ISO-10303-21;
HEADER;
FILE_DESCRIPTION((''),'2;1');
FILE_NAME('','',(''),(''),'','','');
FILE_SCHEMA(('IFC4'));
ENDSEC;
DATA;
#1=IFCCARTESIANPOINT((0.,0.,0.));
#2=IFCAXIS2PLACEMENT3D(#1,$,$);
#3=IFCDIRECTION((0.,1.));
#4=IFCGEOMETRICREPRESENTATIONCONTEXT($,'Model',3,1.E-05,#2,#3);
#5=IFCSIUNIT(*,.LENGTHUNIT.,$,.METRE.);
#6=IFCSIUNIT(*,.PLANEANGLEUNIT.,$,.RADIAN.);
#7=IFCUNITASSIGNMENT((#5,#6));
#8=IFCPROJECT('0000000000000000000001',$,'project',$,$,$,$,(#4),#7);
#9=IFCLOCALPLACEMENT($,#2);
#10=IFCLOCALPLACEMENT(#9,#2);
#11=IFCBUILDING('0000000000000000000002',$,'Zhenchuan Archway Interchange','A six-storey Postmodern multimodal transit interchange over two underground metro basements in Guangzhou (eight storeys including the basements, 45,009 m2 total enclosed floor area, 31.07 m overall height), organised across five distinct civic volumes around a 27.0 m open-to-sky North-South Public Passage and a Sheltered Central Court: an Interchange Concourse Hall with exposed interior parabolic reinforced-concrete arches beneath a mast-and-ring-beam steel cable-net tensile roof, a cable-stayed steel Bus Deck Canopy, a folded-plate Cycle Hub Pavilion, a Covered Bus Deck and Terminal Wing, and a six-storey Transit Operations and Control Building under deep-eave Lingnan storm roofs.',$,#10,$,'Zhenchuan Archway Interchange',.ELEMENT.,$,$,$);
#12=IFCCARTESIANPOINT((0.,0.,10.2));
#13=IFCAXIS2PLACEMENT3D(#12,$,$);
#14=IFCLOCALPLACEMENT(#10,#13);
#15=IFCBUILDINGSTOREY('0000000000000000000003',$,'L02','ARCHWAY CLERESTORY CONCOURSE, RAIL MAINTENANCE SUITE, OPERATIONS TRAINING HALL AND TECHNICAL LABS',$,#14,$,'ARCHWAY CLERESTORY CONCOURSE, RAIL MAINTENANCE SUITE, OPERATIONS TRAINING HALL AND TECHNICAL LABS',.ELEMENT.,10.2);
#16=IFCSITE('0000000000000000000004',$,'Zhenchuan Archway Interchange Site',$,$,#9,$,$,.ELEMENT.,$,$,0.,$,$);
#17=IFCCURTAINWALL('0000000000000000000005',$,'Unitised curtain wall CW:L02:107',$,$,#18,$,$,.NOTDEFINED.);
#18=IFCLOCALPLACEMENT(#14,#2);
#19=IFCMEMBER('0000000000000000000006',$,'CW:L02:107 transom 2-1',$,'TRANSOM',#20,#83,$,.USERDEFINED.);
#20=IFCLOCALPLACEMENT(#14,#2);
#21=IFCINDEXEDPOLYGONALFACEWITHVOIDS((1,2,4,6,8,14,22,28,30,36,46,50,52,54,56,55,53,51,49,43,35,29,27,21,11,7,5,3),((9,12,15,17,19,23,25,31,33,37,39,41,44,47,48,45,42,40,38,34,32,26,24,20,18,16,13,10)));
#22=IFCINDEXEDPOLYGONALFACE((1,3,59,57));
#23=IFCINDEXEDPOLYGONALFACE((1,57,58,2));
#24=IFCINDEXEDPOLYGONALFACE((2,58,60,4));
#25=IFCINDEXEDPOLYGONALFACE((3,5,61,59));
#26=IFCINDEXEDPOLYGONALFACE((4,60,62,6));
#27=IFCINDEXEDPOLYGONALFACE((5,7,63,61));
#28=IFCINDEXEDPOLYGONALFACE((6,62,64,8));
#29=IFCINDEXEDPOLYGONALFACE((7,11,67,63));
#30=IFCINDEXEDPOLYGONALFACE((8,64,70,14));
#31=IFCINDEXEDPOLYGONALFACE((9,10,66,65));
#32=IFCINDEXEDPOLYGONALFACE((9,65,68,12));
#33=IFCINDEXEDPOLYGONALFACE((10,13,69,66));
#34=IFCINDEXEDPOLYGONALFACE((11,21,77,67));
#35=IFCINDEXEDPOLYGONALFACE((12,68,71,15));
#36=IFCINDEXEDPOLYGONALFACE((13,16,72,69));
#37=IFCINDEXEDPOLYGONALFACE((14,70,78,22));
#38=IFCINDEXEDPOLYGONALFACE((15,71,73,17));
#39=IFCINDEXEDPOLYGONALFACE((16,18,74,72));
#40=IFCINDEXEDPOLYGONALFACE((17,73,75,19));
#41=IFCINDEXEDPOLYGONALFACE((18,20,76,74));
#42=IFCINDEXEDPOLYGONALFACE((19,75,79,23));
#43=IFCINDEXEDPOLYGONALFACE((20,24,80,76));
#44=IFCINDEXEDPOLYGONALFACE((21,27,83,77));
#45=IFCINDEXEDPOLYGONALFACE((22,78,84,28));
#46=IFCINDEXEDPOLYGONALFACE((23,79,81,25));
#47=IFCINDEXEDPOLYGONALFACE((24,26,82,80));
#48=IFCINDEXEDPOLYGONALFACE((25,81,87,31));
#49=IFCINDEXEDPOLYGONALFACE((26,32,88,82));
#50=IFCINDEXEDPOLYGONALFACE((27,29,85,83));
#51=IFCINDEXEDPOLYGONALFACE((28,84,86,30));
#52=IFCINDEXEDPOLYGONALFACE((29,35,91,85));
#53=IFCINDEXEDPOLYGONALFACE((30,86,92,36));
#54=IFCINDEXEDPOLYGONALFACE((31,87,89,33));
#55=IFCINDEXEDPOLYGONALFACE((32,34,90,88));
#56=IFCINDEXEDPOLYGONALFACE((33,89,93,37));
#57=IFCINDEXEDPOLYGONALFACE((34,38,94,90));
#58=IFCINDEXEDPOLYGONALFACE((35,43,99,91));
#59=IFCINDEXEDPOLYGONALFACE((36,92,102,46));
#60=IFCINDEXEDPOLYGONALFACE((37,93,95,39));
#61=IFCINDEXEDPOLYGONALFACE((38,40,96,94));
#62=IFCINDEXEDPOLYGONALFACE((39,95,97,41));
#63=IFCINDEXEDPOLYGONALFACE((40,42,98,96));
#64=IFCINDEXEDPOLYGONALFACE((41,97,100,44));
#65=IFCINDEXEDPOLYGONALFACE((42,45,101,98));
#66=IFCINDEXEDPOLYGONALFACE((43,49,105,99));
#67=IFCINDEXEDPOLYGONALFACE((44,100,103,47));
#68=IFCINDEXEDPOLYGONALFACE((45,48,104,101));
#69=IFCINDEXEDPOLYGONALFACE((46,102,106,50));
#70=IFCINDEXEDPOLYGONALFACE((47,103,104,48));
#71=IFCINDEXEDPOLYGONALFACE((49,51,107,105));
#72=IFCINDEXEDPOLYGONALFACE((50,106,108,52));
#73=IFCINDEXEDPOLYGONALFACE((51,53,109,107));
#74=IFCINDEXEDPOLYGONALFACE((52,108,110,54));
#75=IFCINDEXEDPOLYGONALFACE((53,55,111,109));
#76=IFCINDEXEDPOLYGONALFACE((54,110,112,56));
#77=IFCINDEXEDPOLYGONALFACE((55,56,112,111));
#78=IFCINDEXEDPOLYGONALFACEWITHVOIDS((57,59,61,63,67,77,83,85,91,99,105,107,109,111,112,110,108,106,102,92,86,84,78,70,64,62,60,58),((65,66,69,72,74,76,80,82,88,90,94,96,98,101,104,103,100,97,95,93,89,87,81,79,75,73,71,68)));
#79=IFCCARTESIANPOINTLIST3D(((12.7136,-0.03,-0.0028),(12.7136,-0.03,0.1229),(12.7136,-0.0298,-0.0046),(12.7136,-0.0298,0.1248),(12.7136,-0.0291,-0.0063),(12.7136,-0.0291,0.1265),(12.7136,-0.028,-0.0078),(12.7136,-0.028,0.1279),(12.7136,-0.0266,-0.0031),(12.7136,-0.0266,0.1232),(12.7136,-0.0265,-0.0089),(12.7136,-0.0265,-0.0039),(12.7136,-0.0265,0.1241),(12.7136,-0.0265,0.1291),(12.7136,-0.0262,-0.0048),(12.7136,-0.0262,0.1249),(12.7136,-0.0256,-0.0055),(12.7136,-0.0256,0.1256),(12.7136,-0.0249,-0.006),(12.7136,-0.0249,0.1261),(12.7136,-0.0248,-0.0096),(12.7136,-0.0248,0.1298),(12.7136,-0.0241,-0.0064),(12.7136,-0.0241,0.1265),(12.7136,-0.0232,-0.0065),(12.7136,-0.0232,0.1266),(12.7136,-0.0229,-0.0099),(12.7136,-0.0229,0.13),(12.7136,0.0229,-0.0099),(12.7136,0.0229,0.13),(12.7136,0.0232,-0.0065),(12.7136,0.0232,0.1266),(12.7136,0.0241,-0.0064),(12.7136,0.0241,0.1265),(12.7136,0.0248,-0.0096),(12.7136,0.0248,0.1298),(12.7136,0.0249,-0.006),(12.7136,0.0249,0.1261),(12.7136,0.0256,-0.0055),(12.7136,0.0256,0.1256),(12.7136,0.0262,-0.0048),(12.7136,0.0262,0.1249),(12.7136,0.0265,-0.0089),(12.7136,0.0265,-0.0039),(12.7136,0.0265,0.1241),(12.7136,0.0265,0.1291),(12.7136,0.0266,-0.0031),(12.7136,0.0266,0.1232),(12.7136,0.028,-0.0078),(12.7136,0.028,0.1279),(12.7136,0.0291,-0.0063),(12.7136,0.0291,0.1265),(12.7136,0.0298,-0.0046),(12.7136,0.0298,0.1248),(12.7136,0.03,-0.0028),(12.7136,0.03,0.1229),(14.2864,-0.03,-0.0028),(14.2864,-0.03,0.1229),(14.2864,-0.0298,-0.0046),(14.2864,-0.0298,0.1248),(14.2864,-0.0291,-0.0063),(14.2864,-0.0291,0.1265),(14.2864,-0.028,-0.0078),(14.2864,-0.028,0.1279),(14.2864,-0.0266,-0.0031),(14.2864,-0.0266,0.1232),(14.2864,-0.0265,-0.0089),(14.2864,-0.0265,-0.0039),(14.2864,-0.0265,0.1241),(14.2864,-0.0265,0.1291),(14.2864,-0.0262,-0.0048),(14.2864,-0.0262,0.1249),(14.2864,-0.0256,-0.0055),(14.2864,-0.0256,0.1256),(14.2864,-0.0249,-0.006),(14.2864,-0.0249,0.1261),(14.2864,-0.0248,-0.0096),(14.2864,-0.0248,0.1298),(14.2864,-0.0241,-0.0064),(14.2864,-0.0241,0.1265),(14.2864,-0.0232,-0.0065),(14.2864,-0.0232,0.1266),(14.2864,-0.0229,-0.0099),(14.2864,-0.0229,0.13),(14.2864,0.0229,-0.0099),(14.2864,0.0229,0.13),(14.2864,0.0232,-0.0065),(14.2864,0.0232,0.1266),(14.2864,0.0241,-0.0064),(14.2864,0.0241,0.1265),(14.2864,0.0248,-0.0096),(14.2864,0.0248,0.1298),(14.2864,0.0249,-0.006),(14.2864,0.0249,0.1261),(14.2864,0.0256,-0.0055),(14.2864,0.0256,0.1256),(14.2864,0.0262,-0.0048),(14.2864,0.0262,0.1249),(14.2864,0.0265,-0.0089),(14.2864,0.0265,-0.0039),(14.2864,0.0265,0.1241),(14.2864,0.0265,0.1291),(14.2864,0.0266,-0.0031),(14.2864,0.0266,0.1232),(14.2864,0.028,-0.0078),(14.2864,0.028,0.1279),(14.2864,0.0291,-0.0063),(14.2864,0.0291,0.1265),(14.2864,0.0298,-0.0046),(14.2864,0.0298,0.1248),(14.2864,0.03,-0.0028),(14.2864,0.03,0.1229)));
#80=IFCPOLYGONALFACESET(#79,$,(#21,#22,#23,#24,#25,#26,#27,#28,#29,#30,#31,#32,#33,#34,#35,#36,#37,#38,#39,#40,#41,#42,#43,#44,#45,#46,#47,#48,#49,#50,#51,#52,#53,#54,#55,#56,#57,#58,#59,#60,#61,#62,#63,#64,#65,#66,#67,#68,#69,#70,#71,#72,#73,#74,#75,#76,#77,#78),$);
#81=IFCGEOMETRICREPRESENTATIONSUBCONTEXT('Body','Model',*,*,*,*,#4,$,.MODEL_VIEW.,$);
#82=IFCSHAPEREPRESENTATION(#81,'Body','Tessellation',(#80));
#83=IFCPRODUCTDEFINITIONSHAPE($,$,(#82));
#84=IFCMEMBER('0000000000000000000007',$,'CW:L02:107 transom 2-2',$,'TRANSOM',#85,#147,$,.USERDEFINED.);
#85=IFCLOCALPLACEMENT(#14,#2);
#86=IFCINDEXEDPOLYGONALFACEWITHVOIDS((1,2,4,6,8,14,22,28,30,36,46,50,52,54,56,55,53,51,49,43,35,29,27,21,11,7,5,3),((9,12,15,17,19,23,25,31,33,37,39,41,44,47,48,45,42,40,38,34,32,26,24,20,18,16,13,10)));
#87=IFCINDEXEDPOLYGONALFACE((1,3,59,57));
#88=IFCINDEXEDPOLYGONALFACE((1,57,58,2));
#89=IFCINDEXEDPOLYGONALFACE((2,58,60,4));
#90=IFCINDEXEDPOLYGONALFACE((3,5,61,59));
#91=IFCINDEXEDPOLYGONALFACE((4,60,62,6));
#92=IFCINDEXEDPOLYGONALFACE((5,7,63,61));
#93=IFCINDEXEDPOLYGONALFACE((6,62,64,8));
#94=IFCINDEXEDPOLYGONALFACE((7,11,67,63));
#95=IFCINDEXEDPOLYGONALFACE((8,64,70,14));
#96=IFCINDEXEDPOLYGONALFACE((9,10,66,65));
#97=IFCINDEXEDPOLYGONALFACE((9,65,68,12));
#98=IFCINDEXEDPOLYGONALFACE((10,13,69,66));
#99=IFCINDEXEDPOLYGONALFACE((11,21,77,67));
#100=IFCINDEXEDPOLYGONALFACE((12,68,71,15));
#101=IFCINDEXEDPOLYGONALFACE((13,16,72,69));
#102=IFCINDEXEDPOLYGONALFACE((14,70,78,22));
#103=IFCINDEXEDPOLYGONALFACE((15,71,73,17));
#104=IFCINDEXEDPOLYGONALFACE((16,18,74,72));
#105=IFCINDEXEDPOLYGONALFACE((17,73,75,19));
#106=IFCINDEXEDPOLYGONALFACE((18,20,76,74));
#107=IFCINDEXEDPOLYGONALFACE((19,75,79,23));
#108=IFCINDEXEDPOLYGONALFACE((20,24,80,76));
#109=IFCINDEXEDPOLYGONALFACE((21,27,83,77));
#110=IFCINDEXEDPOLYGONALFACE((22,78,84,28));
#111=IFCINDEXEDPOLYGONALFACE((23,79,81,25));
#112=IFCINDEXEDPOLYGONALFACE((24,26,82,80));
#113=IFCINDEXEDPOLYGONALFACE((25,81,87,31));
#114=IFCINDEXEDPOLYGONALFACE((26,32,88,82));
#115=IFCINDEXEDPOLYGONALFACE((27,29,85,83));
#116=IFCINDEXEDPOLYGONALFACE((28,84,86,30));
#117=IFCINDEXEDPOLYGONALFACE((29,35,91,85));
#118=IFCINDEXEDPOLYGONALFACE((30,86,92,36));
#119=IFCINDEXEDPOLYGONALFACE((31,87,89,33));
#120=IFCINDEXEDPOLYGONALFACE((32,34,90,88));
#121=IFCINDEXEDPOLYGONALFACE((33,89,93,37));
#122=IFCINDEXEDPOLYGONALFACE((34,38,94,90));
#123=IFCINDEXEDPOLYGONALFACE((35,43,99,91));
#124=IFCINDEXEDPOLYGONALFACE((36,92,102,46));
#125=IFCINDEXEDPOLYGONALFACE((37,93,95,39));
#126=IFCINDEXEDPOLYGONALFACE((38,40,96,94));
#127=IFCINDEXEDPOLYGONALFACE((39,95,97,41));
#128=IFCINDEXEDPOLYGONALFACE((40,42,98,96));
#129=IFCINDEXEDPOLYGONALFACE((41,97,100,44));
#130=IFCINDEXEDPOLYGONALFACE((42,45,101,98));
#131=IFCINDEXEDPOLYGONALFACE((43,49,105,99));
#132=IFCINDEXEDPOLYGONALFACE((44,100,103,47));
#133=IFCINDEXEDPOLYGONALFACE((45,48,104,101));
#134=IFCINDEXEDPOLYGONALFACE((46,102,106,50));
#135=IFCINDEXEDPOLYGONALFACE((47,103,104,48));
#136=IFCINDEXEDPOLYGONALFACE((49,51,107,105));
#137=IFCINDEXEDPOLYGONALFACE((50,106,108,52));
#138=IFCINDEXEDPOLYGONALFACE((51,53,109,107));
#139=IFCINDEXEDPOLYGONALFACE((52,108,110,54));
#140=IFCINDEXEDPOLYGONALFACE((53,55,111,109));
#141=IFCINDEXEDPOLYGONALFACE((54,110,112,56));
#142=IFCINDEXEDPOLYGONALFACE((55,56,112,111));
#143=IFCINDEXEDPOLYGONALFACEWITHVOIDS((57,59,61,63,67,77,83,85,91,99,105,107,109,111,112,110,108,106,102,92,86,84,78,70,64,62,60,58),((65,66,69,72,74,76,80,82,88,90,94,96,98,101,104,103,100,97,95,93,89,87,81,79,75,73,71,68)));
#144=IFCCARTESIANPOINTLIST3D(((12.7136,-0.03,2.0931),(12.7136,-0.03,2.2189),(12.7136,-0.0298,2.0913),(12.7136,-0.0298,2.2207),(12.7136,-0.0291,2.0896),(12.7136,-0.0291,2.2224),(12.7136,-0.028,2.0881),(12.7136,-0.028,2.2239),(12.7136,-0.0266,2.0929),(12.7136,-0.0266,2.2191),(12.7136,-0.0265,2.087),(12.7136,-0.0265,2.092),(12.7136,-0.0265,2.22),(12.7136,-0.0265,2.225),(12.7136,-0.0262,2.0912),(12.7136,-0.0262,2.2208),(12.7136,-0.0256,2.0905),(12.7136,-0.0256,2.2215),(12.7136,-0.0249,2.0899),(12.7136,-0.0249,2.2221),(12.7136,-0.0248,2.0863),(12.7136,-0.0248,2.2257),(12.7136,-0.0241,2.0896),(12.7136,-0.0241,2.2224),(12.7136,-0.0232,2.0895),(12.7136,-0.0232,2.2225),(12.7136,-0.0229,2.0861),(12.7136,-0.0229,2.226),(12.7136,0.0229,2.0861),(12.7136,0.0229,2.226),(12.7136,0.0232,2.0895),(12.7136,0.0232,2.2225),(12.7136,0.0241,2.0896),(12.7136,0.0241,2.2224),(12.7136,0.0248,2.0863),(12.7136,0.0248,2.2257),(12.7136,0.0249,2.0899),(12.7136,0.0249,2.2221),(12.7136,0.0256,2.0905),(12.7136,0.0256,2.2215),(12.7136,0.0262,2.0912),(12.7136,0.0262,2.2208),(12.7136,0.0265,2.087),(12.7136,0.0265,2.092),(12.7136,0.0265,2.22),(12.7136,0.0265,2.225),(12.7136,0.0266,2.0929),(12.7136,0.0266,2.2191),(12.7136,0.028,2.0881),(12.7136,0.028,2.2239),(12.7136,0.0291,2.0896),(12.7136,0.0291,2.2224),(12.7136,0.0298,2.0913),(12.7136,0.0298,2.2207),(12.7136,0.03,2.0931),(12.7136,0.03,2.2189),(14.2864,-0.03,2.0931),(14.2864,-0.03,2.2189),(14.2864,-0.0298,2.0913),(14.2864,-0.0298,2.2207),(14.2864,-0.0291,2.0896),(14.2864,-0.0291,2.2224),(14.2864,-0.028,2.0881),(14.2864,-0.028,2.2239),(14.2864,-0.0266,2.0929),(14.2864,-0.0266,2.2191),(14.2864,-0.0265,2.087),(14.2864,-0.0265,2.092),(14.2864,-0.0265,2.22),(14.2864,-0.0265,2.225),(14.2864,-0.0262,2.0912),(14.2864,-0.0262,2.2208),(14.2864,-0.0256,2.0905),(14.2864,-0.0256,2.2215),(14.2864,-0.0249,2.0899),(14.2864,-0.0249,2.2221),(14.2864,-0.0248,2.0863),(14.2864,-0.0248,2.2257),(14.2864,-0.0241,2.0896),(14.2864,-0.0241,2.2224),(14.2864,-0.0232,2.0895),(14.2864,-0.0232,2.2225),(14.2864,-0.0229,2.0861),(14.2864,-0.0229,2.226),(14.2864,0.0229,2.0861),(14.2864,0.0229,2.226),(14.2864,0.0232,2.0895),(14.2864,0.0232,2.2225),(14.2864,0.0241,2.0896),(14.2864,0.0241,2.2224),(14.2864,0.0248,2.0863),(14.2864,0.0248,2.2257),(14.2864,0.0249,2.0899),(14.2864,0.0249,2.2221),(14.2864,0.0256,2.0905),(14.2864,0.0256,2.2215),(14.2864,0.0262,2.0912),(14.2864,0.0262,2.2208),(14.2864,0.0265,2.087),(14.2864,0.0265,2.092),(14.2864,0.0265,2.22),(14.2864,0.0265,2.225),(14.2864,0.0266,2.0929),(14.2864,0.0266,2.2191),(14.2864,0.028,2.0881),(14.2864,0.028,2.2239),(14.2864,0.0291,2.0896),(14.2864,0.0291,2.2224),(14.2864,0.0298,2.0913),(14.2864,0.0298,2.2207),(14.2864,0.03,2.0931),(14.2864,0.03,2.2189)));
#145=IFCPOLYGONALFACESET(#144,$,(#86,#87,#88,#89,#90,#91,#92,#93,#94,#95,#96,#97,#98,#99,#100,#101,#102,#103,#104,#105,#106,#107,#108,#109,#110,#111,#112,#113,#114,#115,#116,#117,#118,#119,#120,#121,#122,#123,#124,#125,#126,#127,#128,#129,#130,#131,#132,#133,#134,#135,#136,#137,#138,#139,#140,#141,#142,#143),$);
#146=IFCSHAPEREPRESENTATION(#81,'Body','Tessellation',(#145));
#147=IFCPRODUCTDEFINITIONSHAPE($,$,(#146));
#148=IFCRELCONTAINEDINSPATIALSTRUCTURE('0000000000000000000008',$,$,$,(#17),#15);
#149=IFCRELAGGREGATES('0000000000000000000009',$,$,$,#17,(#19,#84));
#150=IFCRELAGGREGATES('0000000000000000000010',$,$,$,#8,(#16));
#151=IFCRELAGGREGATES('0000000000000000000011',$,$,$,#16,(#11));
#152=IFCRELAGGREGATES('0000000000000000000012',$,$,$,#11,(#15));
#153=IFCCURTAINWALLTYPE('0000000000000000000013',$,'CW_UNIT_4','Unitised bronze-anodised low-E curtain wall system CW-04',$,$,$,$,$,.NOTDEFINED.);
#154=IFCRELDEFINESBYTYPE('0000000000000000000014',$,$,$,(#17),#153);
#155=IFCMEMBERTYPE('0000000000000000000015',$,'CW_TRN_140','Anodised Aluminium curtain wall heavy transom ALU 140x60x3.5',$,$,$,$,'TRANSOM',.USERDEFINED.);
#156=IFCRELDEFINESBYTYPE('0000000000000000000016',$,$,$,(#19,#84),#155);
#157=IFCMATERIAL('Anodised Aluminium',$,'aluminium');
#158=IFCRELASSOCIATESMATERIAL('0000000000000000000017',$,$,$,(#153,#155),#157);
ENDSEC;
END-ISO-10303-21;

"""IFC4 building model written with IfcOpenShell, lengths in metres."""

from ifc_helpers import new_model, si_unit, direction, frame, origin, origin_2d, place, context, subcontext, project, spatial, hollow_rectangle, extrude, material, material_profile, profile_set, type_object, element, aggregate, save


model = new_model("IFC4")

# Units and contexts
model_context = context("Model", 3, precision=1e-05, world=origin(), true_north=direction((0.0, 1.0)))
body_context = subcontext(model_context, "Body", "Model", "MODEL_VIEW")
ifc_project = project(units=[si_unit("LENGTHUNIT", "METRE"), si_unit("PLANEANGLEUNIT", "RADIAN")], contexts=[model_context])

# Site, building, storey
site_placement = place(None, origin())
site = spatial("IfcSite", under=ifc_project, at=site_placement, Name="Zhenchuan Archway Interchange Site", CompositionType="ELEMENT", RefElevation=0.0)
building_placement = place(site_placement, origin())
building = spatial("IfcBuilding", under=site, at=building_placement, Name="Zhenchuan Archway Interchange", Description="A six-storey Postmodern multimodal transit interchange over two underground metro basements in Guangzhou (eight storeys including the basements, 45,009 m2 total enclosed floor area, 31.07 m overall height), organised across five distinct civic volumes around a 27.0 m open-to-sky North-South Public Passage and a Sheltered Central Court: an Interchange Concourse Hall with exposed interior parabolic reinforced-concrete arches beneath a mast-and-ring-beam steel cable-net tensile roof, a cable-stayed steel Bus Deck Canopy, a folded-plate Cycle Hub Pavilion, a Covered Bus Deck and Terminal Wing, and a six-storey Transit Operations and Control Building under deep-eave Lingnan storm roofs.", LongName="Zhenchuan Archway Interchange", CompositionType="ELEMENT")
storey_placement = place(building_placement, frame((0.0, 0.0, 10.2)))
storey = spatial("IfcBuildingStorey", under=building, at=storey_placement, Name="L02", Description="ARCHWAY CLERESTORY CONCOURSE, RAIL MAINTENANCE SUITE, OPERATIONS TRAINING HALL AND TECHNICAL LABS", LongName="ARCHWAY CLERESTORY CONCOURSE, RAIL MAINTENANCE SUITE, OPERATIONS TRAINING HALL AND TECHNICAL LABS", CompositionType="ELEMENT", Elevation=10.2)

# Curtain wall, members
ifc_material_1 = material(Name="Anodised Aluminium", Category="aluminium")
curtain_wall_type = type_object("IfcCurtainWallType", Name="CW_UNIT_4", Description="Unitised bronze-anodised low-E curtain wall system CW-04", PredefinedType="NOTDEFINED", material=ifc_material_1)
curtain_wall_placement = place(storey_placement, origin())
curtain_wall = element("IfcCurtainWall", 1, at=curtain_wall_placement, inside=storey, type_object=curtain_wall_type, Name="Unitised curtain wall CW:L02:107", PredefinedType="NOTDEFINED")
ifc_material_profile_1 = material_profile(ifc_material_1, hollow_rectangle(XDim=0.0601, YDim=0.1399, WallThickness=0.0034, InnerFilletRadius=0.0034, OuterFilletRadius=0.0071, at=origin_2d()), Name="ALU 140x60x3.5")
ifc_profile_set_1 = profile_set([ifc_material_profile_1], Name="Anodised Aluminium")
member_type_1 = type_object("IfcMemberType", Name="CW_TRN_140", Description="Anodised Aluminium curtain wall heavy transom ALU 140x60x3.5", ElementType="TRANSOM", PredefinedType="USERDEFINED", material=ifc_profile_set_1)
member_1_placement = place(storey_placement, frame((14.2864, 0.0, 0.0601), z_axis=(-1.0, 0.0, 0.0), x_axis=(0.0, -1.0, 0.0)))
member_1 = element("IfcMember", 2, at=member_1_placement, type_object=member_type_1, Name="CW:L02:107 transom 2-1", ObjectType="TRANSOM", PredefinedType="USERDEFINED", context=body_context, shape_type="SweptSolid", body=[
    extrude(hollow_rectangle(XDim=0.0601, YDim=0.1399, WallThickness=0.0034, InnerFilletRadius=0.0034, OuterFilletRadius=0.0071, at=origin_2d()), origin(), (0.0, 0.0, 1.0), 1.5728),
])
member_2_placement = place(storey_placement, frame((14.2864, 0.0, 2.156), z_axis=(-1.0, 0.0, 0.0), x_axis=(0.0, -1.0, 0.0)))
member_2 = element("IfcMember", 3, at=member_2_placement, type_object=member_type_1, Name="CW:L02:107 transom 2-2", ObjectType="TRANSOM", PredefinedType="USERDEFINED", context=body_context, shape_type="SweptSolid", body=[
    extrude(hollow_rectangle(XDim=0.0601, YDim=0.1399, WallThickness=0.0034, InnerFilletRadius=0.0034, OuterFilletRadius=0.0071, at=origin_2d()), origin(), (0.0, 0.0, 1.0), 1.5728),
])

aggregate(curtain_wall, [member_1, member_2])

save(model, "model.ifc")
